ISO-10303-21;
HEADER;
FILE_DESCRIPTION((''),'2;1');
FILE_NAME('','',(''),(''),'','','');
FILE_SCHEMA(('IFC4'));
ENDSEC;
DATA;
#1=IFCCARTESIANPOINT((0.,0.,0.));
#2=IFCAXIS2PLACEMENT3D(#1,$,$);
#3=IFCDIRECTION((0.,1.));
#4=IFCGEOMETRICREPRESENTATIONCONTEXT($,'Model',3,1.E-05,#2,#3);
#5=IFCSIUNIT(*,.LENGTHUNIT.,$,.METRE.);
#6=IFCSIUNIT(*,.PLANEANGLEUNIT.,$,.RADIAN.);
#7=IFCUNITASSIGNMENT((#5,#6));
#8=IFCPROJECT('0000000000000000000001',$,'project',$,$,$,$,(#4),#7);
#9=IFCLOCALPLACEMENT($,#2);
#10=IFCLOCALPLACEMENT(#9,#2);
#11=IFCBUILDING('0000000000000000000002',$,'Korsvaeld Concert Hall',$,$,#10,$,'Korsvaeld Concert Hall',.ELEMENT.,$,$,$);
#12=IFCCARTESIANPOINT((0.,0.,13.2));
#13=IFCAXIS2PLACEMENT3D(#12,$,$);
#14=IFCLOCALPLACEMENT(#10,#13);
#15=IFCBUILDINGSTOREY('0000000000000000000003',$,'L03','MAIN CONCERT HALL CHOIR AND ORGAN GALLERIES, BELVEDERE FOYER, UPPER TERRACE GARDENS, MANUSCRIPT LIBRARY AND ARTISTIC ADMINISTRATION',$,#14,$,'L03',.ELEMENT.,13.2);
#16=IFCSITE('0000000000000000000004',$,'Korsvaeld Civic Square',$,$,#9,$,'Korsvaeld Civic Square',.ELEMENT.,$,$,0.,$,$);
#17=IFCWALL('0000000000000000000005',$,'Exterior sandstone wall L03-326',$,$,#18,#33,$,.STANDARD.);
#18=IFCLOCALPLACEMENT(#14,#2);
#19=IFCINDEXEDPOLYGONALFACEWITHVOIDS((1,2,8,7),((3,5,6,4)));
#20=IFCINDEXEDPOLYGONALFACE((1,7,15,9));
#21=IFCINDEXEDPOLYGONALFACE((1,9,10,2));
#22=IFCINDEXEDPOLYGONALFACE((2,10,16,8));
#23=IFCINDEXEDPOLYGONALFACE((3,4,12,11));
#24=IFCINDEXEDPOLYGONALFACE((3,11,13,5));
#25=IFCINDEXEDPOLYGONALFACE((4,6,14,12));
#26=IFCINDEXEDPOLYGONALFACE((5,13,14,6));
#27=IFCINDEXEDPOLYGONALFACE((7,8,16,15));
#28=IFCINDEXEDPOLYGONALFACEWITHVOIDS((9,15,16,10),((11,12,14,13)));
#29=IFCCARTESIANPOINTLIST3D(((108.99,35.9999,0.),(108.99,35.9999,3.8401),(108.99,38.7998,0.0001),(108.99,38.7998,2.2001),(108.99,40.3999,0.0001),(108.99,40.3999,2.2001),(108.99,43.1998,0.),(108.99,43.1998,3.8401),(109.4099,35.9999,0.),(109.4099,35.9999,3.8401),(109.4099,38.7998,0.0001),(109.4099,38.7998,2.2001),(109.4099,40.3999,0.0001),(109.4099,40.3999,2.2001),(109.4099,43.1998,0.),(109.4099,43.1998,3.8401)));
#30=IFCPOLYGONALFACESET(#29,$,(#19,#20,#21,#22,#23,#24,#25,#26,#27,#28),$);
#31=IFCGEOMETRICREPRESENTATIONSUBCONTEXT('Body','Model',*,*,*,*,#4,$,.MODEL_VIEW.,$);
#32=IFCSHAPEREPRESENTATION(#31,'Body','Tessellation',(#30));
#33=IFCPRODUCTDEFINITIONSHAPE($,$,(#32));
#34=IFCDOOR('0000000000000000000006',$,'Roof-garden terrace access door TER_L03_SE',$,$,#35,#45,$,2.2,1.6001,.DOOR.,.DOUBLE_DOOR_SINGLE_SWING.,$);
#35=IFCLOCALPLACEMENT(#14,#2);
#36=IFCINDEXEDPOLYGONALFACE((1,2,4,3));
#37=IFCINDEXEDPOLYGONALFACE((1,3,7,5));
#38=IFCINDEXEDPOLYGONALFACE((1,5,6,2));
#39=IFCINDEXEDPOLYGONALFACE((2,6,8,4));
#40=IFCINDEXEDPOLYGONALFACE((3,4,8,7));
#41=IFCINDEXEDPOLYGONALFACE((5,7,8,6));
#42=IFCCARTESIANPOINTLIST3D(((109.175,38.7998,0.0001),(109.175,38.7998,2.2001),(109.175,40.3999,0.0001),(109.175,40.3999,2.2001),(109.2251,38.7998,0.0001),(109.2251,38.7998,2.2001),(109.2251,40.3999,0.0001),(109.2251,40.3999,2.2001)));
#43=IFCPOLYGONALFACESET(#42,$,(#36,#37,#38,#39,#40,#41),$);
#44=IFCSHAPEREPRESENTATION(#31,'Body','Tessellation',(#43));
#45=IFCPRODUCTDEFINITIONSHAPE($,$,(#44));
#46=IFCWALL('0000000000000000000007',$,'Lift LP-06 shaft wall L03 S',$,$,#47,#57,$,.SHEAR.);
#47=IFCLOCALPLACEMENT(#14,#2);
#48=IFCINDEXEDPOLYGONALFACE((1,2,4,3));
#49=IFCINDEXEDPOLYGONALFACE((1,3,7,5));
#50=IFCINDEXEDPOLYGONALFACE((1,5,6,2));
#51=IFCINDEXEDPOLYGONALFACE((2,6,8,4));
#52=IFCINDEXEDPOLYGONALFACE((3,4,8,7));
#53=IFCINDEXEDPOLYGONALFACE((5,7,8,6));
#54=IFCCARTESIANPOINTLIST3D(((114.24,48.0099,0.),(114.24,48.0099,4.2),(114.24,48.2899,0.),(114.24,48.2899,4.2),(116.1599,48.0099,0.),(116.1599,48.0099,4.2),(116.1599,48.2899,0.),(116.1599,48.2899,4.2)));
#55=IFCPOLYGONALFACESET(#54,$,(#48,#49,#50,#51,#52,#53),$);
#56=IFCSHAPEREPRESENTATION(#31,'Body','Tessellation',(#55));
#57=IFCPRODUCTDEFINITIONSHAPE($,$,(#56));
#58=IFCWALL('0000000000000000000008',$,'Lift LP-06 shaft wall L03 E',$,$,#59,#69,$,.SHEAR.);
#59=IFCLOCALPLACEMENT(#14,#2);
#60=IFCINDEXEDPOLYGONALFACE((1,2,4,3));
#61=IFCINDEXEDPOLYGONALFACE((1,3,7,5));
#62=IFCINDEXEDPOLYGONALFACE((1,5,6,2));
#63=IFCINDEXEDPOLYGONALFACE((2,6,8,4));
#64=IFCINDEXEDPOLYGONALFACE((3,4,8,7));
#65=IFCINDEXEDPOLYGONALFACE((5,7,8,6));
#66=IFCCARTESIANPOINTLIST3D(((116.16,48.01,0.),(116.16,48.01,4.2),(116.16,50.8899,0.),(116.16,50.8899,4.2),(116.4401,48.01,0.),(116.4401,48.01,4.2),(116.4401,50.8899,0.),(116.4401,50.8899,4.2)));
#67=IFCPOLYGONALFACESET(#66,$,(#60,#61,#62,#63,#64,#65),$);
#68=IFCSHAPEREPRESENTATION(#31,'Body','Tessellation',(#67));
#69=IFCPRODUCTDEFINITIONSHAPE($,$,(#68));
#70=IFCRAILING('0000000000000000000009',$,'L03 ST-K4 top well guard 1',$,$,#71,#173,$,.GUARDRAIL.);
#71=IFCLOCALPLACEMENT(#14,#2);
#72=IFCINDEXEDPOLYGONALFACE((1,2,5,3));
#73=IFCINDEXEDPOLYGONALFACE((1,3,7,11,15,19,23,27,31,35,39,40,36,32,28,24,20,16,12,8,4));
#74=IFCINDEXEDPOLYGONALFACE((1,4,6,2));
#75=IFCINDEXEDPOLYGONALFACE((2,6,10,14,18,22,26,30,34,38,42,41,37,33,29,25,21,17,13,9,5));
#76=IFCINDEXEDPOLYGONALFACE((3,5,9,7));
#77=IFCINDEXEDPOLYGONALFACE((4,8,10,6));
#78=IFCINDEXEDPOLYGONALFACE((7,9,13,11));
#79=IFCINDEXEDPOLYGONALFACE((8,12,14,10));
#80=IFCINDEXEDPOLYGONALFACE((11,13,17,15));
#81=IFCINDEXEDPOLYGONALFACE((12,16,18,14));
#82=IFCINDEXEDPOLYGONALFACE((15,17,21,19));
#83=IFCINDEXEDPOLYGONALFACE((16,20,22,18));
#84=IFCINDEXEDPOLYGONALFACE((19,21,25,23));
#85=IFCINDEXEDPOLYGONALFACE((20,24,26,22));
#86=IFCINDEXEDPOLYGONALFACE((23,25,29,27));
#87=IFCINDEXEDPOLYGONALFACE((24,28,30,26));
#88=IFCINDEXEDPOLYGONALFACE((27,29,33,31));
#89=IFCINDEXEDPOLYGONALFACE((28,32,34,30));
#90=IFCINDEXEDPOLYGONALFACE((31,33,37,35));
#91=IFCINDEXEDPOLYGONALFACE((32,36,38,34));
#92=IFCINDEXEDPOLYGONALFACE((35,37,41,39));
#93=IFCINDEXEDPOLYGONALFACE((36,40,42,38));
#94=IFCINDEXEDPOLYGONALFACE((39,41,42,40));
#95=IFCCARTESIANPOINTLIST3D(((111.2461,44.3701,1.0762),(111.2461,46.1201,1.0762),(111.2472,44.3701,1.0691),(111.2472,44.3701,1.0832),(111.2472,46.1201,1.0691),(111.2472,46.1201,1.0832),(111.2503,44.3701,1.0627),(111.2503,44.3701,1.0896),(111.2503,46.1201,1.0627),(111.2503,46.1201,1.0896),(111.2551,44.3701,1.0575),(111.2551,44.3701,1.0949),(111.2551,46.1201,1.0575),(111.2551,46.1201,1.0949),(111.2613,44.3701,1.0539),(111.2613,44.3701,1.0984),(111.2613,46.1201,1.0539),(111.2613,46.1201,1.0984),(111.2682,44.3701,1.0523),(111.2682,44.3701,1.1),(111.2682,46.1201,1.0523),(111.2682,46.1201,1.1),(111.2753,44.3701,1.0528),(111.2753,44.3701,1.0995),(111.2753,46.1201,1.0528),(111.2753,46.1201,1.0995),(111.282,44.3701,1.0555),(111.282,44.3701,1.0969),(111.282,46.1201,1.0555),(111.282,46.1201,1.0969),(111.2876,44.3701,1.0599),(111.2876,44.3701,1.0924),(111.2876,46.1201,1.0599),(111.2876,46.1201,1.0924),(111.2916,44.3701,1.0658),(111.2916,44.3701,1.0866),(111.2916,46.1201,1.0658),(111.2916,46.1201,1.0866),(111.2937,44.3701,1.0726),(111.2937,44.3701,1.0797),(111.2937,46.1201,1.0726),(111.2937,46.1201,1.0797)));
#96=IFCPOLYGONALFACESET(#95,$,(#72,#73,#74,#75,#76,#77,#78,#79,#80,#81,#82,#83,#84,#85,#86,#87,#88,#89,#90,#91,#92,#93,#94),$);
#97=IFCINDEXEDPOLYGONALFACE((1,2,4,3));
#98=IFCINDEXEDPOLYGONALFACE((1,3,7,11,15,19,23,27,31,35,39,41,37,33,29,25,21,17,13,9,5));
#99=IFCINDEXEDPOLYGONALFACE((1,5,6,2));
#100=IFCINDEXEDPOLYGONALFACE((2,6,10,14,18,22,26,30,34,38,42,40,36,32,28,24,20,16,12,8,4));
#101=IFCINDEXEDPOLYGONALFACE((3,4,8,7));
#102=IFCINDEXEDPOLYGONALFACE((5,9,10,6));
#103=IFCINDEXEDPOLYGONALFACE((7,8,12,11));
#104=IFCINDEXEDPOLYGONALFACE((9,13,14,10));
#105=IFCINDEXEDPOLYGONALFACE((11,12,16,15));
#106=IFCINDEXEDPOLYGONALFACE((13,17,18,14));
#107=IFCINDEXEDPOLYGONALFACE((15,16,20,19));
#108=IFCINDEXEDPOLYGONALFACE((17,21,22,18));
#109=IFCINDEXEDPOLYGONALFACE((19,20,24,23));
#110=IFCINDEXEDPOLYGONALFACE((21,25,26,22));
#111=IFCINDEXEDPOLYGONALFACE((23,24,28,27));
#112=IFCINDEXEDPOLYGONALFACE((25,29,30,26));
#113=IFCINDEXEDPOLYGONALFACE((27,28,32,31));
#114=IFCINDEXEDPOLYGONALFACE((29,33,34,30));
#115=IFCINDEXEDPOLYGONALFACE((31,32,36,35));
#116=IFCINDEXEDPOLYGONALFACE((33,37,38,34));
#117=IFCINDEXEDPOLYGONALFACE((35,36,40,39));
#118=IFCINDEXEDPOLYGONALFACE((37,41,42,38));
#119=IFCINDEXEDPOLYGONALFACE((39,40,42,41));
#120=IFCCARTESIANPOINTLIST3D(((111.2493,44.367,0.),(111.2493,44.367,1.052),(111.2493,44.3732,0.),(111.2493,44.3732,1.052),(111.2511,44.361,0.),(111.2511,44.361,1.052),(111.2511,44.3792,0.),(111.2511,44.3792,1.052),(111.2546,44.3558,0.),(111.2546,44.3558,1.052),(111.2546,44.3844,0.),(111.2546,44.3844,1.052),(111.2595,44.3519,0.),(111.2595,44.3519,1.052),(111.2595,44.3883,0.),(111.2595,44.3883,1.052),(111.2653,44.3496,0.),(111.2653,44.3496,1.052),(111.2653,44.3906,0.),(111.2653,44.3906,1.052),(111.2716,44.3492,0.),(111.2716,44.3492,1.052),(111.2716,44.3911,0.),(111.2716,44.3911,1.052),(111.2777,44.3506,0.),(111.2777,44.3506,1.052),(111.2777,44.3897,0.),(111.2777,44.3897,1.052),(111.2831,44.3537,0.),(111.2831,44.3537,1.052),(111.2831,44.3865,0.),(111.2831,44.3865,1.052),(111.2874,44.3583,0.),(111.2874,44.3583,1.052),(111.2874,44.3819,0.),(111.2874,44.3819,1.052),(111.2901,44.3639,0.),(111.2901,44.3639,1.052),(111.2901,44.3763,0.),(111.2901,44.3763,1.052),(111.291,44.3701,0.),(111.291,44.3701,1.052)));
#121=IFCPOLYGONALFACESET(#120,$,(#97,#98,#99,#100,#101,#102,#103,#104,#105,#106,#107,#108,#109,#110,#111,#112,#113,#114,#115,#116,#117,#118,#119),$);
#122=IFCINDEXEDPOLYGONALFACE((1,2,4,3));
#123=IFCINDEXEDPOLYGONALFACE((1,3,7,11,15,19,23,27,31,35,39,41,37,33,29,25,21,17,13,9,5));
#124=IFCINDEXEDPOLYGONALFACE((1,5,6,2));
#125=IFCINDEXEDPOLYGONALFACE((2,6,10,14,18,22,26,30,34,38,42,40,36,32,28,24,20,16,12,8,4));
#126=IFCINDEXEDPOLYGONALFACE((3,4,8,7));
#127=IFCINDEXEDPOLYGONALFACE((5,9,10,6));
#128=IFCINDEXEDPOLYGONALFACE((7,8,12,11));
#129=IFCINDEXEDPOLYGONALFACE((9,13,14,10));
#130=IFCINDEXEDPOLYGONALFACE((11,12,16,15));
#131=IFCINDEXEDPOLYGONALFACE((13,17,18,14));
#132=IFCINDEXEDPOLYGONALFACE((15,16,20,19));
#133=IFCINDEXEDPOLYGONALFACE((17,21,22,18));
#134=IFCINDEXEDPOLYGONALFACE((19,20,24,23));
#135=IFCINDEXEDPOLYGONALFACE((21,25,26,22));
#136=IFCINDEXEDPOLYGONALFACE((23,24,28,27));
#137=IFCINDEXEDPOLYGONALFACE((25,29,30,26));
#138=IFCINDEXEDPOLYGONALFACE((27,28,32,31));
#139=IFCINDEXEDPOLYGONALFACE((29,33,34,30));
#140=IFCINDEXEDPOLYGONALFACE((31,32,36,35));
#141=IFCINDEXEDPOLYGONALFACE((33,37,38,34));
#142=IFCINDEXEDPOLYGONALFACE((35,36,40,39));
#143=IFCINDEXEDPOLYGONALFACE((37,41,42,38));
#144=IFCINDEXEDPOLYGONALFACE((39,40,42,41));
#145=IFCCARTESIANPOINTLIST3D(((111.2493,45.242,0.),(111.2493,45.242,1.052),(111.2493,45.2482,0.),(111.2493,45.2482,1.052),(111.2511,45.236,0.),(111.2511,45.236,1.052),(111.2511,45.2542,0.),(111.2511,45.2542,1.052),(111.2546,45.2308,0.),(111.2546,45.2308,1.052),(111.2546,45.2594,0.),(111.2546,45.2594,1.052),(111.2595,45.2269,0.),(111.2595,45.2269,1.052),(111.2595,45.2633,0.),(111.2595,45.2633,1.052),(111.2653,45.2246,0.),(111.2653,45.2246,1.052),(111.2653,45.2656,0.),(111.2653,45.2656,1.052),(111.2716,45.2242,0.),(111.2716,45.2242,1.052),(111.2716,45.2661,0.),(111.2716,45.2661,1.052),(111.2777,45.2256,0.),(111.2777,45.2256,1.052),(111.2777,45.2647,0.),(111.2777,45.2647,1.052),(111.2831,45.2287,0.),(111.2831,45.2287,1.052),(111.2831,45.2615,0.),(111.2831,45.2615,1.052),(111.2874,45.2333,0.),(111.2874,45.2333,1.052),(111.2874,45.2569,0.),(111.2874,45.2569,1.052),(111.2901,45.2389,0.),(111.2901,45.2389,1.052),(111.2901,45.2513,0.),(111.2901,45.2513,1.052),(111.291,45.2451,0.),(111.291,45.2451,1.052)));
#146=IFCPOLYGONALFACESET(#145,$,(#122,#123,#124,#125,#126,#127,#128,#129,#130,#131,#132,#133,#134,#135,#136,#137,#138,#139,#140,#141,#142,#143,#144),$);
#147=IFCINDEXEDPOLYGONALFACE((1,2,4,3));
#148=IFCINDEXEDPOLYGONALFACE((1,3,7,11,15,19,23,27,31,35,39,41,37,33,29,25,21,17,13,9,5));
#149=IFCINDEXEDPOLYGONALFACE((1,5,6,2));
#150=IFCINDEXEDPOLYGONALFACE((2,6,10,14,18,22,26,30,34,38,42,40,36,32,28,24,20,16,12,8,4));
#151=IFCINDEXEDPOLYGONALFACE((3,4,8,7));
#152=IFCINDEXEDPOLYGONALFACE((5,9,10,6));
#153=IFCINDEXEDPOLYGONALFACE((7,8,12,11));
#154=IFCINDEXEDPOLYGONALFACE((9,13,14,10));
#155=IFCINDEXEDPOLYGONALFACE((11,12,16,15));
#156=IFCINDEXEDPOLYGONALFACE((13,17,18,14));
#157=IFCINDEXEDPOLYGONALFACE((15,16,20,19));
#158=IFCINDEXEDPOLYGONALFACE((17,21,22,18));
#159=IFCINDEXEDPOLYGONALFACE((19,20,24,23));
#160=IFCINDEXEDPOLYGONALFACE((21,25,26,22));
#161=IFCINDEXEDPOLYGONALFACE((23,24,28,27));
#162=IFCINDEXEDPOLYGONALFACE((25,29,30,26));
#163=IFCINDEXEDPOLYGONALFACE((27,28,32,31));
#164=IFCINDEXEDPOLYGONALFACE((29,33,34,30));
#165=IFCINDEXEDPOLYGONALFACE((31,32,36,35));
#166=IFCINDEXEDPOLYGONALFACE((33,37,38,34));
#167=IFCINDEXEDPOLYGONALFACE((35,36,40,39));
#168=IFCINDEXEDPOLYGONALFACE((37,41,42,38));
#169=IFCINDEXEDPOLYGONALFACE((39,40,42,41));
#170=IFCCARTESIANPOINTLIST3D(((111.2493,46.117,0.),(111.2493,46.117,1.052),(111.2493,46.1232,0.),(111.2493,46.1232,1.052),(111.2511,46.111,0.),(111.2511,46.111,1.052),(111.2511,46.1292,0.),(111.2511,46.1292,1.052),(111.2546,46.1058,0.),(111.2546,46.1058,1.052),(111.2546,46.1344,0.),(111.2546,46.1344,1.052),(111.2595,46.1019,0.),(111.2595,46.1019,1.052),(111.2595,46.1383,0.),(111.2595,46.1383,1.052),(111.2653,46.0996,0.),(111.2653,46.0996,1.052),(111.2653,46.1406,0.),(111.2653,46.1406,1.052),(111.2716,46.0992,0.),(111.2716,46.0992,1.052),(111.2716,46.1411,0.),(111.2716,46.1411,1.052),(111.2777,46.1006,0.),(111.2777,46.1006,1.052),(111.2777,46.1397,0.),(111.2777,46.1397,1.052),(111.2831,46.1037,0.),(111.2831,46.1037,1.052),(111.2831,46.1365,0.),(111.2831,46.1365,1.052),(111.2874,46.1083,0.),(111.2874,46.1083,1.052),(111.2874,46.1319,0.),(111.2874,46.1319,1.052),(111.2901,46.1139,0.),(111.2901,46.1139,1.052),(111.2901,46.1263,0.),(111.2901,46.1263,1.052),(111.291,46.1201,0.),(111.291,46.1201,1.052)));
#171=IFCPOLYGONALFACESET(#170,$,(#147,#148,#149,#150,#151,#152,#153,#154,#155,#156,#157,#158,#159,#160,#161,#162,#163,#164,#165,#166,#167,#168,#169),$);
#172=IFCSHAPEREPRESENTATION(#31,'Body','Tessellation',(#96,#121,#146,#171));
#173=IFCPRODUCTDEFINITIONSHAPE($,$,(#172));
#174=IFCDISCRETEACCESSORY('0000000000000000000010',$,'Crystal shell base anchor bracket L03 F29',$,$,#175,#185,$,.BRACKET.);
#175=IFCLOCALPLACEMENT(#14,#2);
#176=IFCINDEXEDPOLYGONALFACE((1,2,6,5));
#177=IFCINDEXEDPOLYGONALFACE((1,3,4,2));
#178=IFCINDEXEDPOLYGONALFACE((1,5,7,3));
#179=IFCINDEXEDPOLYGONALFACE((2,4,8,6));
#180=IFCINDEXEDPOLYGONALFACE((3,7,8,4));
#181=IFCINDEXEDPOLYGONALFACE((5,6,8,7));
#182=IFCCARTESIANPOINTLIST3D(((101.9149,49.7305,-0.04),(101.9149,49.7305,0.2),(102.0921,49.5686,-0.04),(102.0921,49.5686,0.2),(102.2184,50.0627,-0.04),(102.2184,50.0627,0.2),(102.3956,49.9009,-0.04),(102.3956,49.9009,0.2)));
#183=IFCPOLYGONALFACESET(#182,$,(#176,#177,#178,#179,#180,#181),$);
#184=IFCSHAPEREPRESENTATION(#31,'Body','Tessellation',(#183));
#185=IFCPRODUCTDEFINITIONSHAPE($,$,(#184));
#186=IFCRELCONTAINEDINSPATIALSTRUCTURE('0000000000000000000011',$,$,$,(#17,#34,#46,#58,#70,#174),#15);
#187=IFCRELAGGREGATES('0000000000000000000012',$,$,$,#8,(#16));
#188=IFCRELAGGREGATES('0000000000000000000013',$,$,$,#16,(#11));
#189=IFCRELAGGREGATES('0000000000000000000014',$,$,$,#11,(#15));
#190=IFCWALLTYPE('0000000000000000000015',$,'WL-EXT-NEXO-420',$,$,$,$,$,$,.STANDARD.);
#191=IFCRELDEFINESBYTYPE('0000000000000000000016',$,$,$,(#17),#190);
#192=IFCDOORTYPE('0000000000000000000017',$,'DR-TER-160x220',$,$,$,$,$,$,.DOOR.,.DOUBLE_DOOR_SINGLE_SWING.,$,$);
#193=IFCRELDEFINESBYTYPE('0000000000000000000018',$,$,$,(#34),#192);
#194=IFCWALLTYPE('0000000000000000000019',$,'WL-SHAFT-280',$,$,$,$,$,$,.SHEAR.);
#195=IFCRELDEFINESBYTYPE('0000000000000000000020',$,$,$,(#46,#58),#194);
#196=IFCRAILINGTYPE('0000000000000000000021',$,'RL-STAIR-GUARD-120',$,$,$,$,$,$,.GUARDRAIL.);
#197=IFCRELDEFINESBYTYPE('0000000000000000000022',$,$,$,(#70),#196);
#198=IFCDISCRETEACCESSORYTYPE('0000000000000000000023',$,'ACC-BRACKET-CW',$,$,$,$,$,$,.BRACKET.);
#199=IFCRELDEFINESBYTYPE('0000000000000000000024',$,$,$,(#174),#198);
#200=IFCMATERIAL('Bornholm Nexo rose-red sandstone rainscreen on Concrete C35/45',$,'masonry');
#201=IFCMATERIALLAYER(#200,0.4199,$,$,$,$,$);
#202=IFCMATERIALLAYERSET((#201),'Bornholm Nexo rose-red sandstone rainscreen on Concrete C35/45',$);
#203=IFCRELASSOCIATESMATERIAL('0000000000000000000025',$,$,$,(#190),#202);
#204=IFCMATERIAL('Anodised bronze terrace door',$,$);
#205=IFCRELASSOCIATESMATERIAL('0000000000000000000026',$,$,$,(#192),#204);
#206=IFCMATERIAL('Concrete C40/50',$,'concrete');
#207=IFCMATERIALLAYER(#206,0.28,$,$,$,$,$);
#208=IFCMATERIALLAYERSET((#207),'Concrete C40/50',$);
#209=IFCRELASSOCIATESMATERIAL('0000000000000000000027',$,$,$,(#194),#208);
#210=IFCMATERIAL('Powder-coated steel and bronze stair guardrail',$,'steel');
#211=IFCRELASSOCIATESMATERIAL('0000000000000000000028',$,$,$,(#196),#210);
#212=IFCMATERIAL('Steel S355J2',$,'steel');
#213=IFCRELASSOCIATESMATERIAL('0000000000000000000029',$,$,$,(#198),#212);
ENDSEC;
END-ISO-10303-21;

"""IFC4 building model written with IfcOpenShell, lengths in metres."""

from ifc_helpers import new_model, si_unit, direction, frame, frame_2d, origin, origin_2d, place, context, subcontext, project, spatial, rectangle, circle, extrude, material, layer, layer_set, type_object, element, fill, save


model = new_model("IFC4")

# Units and contexts
model_context = context("Model", 3, precision=1e-05, world=origin(), true_north=direction((0.0, 1.0)))
body_context = subcontext(model_context, "Body", "Model", "MODEL_VIEW")
ifc_project = project(units=[si_unit("LENGTHUNIT", "METRE"), si_unit("PLANEANGLEUNIT", "RADIAN")], contexts=[model_context])

# Site, building, storey
site_placement = place(None, origin())
site = spatial("IfcSite", under=ifc_project, at=site_placement, Name="Korsvaeld Civic Square", LongName="Korsvaeld Civic Square", CompositionType="ELEMENT", RefElevation=0.0)
building_placement = place(site_placement, origin())
building = spatial("IfcBuilding", under=site, at=building_placement, Name="Korsvaeld Concert Hall", LongName="Korsvaeld Concert Hall", CompositionType="ELEMENT")
storey_placement = place(building_placement, frame((0.0, 0.0, 13.2)))
storey = spatial("IfcBuildingStorey", under=building, at=storey_placement, Name="L03", Description="MAIN CONCERT HALL CHOIR AND ORGAN GALLERIES, BELVEDERE FOYER, UPPER TERRACE GARDENS, MANUSCRIPT LIBRARY AND ARTISTIC ADMINISTRATION", LongName="L03", CompositionType="ELEMENT", Elevation=13.2)

# Shared definitions
ifc_material_1 = material(Name="Concrete C40/50", Category="concrete")

# Wall, opening, door
ifc_material_2 = material(Name="Bornholm Nexo rose-red sandstone rainscreen on Concrete C35/45", Category="masonry")
ifc_layer_1 = layer(ifc_material_2, 0.4199)
ifc_layer_set_1 = layer_set([ifc_layer_1], Name="Bornholm Nexo rose-red sandstone rainscreen on Concrete C35/45")
wall_type_1 = type_object("IfcWallType", Name="WL-EXT-NEXO-420", PredefinedType="STANDARD", material=ifc_layer_set_1)
wall_1_placement = place(storey_placement, frame((109.2, 43.2, 0.0), z_axis=(0.0, 0.0, 1.0), x_axis=(0.0, -1.0, 0.0)))
wall_1 = element("IfcWall", 1, at=wall_1_placement, inside=storey, type_object=wall_type_1, Name="Exterior sandstone wall L03-326", PredefinedType="STANDARD", context=body_context, shape_type="SweptSolid", body=[
    extrude(rectangle(XDim=7.2, YDim=0.4199, at=frame_2d((3.6001, 0.0))), origin(), (0.0, 0.0, 1.0), 3.8401),
])
opening_1_placement = place(wall_1_placement, frame((2.8, 0.0, 0.0)))
opening_1 = element("IfcOpeningElement", 2, at=opening_1_placement, cuts=wall_1, PredefinedType="OPENING", context=body_context, shape_type="SweptSolid", body=[
    extrude(rectangle(XDim=1.6001, YDim=2.2, at=frame_2d((0.8, 1.1001))), frame((0.0, 0.22, 0.0), z_axis=(0.0, -1.0, 0.0), x_axis=(1.0, 0.0, 0.0)), (0.0, 0.0, 1.0), 0.4399),
])
ifc_material_3 = material(Name="Anodised bronze terrace door")
door_type_1 = type_object("IfcDoorType", Name="DR-TER-160x220", OperationType="DOUBLE_DOOR_SINGLE_SWING", PredefinedType="DOOR", material=ifc_material_3)
door_1_placement = place(opening_1_placement, frame((1.6001, 0.0, 0.0), z_axis=(0.0, 0.0, 1.0), x_axis=(-1.0, 0.0, 0.0)))
door_1 = element("IfcDoor", 3, at=door_1_placement, inside=storey, type_object=door_type_1, Name="Roof-garden terrace access door TER_L03_SE", OperationType="DOUBLE_DOOR_SINGLE_SWING", OverallHeight=2.2, OverallWidth=1.6001, PredefinedType="DOOR", context=body_context, shape_type="SweptSolid", body=[
    extrude(rectangle(XDim=1.6001, YDim=2.2, at=frame_2d((0.8, 1.1001))), frame((0.0, 0.0249, 0.0), z_axis=(0.0, -1.0, 0.0), x_axis=(1.0, 0.0, 0.0)), (0.0, 0.0, 1.0), 0.05),
])
fill(opening_1, door_1)

# Walls
ifc_layer_2 = layer(ifc_material_1, 0.28)
ifc_layer_set_2 = layer_set([ifc_layer_2], Name="Concrete C40/50")
wall_type_2 = type_object("IfcWallType", Name="WL-SHAFT-280", PredefinedType="SHEAR", material=ifc_layer_set_2)
wall_2_placement = place(storey_placement, frame((114.24, 48.1499, 0.0), z_axis=(0.0, 0.0, 1.0), x_axis=(1.0, 0.0, 0.0)))
element("IfcWall", 4, at=wall_2_placement, inside=storey, type_object=wall_type_2, Name="Lift LP-06 shaft wall L03 S", PredefinedType="SHEAR", context=body_context, shape_type="SweptSolid", body=[
    extrude(rectangle(XDim=1.9199, YDim=0.28, at=frame_2d((0.96, 0.0))), origin(), (0.0, 0.0, 1.0), 4.2),
])
wall_3_placement = place(storey_placement, frame((116.3, 48.01, 0.0), z_axis=(0.0, 0.0, 1.0), x_axis=(0.0, 1.0, 0.0)))
element("IfcWall", 5, at=wall_3_placement, inside=storey, type_object=wall_type_2, Name="Lift LP-06 shaft wall L03 E", PredefinedType="SHEAR", context=body_context, shape_type="SweptSolid", body=[
    extrude(rectangle(XDim=2.8799, YDim=0.28, at=frame_2d((1.4399, 0.0))), origin(), (0.0, 0.0, 1.0), 4.2),
])

# Railing
ifc_material_4 = material(Name="Powder-coated steel and bronze stair guardrail", Category="steel")
railing_type = type_object("IfcRailingType", Name="RL-STAIR-GUARD-120", PredefinedType="GUARDRAIL", material=ifc_material_4)
railing_placement = place(storey_placement, frame((111.27, 44.3701, 0.0)))
element("IfcRailing", 6, at=railing_placement, inside=storey, type_object=railing_type, Name="L03 ST-K4 top well guard 1", PredefinedType="GUARDRAIL", context=body_context, shape_type="SweptSolid", body=[
    extrude(circle(Radius=0.0239, at=origin_2d()), frame((0.0, 0.0, 1.0762), z_axis=(0.0, 1.0, 0.0), x_axis=(-1.0, 0.0, 0.0)), (0.0, 0.0, 1.0), 1.75),
    extrude(circle(Radius=0.021, at=origin_2d()), origin(), (0.0, 0.0, 1.0), 1.052),
    extrude(circle(Radius=0.021, at=origin_2d()), frame((0.0, 0.875, 0.0)), (0.0, 0.0, 1.0), 1.052),
    extrude(circle(Radius=0.021, at=origin_2d()), frame((0.0, 1.75, 0.0)), (0.0, 0.0, 1.0), 1.052),
])

# Discrete accessory
ifc_material_5 = material(Name="Steel S355J2", Category="steel")
discrete_accessory_type = type_object("IfcDiscreteAccessoryType", Name="ACC-BRACKET-CW", PredefinedType="BRACKET", material=ifc_material_5)
discrete_accessory_placement = place(storey_placement, frame((102.1553, 49.8157, -0.04), z_axis=(0.0, 0.0, 1.0), x_axis=(0.674431, 0.738338, 0.0)))
element("IfcDiscreteAccessory", 7, at=discrete_accessory_placement, inside=storey, type_object=discrete_accessory_type, Name="Crystal shell base anchor bracket L03 F29", PredefinedType="BRACKET", context=body_context, shape_type="SweptSolid", body=[
    extrude(rectangle(XDim=0.45, YDim=0.24, at=origin_2d()), origin(), (0.0, 0.0, 1.0), 0.24),
])

save(model, "model.ifc")
